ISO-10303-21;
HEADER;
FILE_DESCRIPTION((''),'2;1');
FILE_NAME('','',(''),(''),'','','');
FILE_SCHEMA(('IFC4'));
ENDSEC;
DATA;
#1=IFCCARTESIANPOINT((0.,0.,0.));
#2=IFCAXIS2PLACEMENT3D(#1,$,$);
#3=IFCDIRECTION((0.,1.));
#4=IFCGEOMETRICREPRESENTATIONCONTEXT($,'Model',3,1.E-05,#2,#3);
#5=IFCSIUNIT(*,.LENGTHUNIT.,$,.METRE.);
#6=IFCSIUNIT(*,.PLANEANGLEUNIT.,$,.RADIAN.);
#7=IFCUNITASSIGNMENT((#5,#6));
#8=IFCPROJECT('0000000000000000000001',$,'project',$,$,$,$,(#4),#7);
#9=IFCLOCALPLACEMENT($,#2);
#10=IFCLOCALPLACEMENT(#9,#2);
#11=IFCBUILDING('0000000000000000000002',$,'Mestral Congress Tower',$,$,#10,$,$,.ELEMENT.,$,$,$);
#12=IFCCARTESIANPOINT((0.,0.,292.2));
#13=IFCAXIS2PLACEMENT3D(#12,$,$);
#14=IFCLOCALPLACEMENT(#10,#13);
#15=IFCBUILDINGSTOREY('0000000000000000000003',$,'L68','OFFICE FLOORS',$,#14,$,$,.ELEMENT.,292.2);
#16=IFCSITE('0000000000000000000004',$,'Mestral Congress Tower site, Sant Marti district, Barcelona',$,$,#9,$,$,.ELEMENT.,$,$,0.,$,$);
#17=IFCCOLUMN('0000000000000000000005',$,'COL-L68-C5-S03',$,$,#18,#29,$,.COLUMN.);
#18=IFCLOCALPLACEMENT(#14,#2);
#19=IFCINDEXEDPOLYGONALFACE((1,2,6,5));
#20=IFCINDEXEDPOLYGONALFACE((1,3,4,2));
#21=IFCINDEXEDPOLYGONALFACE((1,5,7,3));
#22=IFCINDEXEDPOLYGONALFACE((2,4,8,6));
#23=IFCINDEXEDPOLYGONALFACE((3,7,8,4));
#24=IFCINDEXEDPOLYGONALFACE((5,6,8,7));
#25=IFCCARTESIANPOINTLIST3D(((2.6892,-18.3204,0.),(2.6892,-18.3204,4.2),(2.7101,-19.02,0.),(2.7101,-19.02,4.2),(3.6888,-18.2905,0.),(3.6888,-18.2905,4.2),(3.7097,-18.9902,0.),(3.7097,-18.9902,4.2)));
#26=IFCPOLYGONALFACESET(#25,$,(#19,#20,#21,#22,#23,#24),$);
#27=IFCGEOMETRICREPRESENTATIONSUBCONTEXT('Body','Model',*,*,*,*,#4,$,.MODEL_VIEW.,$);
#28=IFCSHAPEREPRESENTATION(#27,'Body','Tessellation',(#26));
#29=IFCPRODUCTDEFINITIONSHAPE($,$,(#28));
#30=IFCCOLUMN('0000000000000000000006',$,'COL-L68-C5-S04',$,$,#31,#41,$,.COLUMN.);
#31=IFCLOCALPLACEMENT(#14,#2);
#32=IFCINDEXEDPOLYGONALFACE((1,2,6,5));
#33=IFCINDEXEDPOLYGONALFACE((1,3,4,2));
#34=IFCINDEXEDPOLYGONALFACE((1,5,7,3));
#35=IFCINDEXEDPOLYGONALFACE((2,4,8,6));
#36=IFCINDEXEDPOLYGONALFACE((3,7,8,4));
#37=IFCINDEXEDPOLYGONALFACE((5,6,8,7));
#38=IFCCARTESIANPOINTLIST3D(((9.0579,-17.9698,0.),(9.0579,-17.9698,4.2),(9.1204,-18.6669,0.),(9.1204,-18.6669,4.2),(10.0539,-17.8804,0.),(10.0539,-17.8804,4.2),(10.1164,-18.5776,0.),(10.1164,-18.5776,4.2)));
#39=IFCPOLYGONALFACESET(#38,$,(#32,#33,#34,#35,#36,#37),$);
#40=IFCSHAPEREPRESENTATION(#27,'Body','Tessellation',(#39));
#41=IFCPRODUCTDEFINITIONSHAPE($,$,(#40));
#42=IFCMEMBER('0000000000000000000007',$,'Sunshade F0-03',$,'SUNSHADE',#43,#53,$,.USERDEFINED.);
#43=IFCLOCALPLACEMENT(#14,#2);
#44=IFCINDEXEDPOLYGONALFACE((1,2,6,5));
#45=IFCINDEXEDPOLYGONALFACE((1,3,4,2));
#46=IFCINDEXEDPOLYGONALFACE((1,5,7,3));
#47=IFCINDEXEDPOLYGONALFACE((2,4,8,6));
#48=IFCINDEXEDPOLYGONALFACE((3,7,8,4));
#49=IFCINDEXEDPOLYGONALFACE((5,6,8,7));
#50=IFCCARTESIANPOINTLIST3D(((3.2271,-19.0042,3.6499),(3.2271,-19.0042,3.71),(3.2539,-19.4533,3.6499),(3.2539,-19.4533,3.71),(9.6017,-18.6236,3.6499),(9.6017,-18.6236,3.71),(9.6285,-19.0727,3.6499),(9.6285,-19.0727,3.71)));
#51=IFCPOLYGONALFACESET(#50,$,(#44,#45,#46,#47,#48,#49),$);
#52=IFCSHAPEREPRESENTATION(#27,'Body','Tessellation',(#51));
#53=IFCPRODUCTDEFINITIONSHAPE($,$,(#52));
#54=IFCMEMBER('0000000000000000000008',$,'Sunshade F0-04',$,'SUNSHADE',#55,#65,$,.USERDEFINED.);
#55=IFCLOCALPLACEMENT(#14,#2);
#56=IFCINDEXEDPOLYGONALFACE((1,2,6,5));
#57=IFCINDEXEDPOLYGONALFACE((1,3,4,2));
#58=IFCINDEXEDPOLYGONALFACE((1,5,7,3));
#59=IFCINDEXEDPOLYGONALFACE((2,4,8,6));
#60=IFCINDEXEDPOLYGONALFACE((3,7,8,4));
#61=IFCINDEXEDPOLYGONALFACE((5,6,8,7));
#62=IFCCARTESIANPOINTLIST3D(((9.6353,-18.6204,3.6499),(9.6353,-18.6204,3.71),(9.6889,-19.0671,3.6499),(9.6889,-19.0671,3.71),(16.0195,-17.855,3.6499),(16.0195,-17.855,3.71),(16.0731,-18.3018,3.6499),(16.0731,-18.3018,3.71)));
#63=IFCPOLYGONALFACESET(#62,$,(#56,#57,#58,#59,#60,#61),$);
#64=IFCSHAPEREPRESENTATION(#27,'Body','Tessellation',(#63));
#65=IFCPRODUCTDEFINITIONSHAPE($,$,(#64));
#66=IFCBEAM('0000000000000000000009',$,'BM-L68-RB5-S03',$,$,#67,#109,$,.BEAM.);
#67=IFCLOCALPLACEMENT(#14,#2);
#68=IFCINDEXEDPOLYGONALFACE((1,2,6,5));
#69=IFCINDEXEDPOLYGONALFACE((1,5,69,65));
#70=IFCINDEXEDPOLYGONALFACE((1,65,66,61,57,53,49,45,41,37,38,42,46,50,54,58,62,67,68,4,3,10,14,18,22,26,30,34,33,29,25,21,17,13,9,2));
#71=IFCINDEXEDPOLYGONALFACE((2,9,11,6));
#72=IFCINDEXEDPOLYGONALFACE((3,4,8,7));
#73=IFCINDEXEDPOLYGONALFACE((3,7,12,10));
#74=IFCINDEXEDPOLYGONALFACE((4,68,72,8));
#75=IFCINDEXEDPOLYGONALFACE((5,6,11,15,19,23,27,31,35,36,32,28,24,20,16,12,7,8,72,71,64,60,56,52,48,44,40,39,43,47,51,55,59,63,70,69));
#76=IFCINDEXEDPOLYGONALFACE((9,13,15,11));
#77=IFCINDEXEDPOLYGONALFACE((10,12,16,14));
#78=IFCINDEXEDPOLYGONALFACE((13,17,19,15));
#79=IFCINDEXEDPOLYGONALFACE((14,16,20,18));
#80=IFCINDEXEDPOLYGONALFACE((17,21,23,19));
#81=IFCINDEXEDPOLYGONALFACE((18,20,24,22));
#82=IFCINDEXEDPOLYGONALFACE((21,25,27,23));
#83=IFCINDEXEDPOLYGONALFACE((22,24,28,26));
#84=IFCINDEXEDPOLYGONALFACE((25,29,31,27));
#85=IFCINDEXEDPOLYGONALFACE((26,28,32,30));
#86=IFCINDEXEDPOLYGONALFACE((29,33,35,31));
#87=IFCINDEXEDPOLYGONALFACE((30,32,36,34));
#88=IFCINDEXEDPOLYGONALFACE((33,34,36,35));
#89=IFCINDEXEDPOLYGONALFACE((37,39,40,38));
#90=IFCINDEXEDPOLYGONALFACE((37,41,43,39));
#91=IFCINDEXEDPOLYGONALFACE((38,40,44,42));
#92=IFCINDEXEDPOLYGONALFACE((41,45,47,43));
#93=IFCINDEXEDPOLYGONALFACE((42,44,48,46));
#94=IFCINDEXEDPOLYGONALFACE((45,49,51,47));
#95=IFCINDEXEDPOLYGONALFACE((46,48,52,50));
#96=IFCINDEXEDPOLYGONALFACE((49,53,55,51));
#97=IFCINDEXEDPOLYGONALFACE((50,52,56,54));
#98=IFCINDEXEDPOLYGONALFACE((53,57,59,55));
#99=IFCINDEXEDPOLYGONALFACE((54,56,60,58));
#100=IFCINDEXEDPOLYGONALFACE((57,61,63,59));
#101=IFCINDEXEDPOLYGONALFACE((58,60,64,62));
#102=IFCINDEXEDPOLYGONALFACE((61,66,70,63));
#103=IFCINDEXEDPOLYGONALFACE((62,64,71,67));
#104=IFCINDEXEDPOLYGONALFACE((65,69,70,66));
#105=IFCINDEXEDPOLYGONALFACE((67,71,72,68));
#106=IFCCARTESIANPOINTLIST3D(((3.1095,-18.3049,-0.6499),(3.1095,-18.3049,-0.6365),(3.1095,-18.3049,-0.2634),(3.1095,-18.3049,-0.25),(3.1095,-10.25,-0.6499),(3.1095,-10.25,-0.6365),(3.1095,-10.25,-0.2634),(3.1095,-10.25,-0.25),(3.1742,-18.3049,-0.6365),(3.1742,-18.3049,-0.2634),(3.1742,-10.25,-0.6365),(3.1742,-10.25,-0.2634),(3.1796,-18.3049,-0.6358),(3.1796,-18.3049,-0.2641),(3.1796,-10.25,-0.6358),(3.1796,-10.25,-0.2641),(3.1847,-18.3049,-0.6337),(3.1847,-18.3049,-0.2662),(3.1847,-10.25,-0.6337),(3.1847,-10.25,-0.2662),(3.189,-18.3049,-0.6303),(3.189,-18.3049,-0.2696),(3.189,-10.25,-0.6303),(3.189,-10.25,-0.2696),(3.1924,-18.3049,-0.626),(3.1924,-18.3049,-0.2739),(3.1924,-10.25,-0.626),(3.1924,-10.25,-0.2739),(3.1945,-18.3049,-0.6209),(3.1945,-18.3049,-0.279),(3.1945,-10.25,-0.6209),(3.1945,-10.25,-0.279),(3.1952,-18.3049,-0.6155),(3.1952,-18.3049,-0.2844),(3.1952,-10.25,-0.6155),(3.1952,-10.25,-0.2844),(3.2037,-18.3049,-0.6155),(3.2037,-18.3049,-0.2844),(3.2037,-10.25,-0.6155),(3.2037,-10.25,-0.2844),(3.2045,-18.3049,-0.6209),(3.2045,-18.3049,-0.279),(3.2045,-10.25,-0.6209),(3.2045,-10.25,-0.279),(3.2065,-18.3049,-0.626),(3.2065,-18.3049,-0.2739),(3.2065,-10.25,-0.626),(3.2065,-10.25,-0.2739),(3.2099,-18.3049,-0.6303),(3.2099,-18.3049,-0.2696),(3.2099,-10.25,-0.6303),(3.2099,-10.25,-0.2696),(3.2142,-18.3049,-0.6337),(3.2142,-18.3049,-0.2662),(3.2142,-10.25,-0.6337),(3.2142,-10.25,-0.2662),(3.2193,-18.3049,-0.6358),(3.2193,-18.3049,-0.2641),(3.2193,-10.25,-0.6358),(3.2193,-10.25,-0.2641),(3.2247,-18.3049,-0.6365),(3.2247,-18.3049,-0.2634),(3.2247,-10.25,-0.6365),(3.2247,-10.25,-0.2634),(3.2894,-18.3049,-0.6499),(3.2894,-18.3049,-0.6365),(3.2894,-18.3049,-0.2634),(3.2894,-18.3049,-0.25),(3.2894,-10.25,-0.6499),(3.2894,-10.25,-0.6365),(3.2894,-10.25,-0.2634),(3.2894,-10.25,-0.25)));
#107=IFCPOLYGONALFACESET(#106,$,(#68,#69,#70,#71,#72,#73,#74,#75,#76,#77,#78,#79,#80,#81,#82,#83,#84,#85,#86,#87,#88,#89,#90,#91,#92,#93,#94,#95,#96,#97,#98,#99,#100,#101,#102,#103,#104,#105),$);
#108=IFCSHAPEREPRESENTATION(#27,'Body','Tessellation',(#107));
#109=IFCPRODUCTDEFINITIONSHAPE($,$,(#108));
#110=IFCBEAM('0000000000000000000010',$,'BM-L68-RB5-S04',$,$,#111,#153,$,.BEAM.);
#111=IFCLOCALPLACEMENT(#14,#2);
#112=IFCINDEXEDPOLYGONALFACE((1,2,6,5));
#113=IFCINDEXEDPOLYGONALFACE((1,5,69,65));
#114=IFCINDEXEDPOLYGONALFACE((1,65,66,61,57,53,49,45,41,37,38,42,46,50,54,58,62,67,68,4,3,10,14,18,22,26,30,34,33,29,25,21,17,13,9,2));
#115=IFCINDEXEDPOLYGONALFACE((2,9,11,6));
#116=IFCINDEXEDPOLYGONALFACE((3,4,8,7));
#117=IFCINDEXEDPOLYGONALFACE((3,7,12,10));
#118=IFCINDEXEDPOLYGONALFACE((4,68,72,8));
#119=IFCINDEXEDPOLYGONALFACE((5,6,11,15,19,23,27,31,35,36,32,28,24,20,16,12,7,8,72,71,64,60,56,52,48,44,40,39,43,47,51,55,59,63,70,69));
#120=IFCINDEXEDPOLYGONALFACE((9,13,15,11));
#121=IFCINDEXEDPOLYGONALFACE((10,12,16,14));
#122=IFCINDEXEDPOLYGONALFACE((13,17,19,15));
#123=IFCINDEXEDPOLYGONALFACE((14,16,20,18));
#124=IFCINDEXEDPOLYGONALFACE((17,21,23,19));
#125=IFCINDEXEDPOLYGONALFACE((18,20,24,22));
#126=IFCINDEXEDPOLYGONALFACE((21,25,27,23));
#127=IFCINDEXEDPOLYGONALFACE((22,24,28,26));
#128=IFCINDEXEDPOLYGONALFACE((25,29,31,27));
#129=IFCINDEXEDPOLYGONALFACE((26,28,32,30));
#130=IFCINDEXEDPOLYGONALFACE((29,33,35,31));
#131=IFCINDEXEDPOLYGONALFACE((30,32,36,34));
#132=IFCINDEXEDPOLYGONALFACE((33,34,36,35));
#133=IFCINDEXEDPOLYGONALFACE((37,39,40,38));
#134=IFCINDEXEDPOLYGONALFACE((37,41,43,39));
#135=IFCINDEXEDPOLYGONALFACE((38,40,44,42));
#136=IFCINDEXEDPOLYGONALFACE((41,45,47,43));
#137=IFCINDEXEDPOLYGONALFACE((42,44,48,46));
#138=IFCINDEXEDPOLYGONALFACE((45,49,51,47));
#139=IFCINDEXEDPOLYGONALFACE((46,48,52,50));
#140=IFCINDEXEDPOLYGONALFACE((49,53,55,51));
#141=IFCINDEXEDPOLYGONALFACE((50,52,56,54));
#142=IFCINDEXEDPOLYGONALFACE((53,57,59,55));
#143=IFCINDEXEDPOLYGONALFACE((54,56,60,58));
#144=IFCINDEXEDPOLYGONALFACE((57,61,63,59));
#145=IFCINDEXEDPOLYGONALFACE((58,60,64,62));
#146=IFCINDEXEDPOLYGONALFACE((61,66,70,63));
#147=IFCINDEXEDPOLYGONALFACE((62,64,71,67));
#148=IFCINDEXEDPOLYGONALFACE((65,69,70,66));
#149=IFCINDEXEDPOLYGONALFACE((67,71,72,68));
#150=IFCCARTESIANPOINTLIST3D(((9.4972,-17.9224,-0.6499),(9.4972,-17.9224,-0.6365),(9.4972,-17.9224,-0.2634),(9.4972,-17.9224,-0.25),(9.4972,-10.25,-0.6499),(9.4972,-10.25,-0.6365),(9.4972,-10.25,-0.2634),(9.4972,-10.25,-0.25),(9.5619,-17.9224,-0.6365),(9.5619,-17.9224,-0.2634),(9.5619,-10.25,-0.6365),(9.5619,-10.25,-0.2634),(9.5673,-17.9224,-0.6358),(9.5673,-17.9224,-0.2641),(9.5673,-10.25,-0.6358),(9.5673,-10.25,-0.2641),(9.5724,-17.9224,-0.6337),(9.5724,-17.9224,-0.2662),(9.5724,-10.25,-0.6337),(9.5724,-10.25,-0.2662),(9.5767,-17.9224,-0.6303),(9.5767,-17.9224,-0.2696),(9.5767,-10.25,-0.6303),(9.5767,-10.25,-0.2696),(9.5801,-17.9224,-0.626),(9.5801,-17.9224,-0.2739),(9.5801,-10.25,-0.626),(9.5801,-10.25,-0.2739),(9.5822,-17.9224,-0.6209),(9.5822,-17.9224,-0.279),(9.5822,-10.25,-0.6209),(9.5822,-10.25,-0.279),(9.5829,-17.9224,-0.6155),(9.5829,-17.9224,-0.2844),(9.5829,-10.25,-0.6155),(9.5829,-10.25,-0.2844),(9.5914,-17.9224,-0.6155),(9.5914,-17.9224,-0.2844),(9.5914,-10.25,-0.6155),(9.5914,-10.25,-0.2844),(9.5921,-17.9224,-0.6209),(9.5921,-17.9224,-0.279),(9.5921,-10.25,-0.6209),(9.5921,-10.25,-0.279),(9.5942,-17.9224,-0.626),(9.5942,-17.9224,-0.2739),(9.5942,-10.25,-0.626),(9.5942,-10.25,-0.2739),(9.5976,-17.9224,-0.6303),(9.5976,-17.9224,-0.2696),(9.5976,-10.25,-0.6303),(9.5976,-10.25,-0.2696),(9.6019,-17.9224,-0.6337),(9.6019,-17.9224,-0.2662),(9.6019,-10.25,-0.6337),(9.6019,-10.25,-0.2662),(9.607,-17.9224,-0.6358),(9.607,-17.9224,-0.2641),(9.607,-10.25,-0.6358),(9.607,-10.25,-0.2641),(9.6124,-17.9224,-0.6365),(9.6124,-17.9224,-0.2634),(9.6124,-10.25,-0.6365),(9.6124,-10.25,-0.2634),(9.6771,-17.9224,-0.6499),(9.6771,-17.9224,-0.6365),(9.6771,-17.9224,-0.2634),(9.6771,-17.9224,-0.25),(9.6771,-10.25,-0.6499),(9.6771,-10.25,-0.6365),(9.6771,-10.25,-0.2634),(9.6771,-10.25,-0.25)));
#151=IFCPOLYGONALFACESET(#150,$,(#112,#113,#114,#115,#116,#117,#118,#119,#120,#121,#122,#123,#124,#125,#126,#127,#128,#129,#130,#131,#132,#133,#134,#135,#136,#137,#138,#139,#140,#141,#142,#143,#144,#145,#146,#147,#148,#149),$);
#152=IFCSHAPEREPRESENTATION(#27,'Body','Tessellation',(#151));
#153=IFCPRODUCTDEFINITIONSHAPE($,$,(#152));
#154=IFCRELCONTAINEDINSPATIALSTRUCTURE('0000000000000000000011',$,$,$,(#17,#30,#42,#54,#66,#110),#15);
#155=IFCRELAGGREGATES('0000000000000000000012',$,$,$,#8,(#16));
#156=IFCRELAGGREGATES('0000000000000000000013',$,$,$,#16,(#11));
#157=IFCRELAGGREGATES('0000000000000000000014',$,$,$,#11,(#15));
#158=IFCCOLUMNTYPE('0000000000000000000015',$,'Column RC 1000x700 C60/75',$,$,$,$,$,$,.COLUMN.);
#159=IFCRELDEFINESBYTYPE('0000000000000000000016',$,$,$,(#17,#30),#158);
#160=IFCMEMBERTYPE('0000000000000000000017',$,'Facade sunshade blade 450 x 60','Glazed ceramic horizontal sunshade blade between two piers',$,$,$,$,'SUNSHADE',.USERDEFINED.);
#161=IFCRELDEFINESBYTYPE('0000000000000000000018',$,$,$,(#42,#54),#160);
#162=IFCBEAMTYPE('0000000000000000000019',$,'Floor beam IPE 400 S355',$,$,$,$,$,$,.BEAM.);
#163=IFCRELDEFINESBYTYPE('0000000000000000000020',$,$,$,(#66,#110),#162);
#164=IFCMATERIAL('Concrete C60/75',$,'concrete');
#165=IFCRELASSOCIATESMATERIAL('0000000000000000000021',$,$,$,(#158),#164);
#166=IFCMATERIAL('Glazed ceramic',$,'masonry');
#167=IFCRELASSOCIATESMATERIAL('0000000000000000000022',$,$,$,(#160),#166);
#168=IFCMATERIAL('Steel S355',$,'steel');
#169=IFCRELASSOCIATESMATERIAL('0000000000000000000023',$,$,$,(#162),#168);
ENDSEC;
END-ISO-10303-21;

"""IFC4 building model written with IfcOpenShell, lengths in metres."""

from ifc_helpers import new_model, si_unit, direction, frame, origin, origin_2d, place, context, subcontext, project, spatial, rectangle, i_section, extrude, material, material_profile, profile_set, type_object, element, save


model = new_model("IFC4")

# Units and contexts
model_context = context("Model", 3, precision=1e-05, world=origin(), true_north=direction((0.0, 1.0)))
body_context = subcontext(model_context, "Body", "Model", "MODEL_VIEW")
ifc_project = project(units=[si_unit("LENGTHUNIT", "METRE"), si_unit("PLANEANGLEUNIT", "RADIAN")], contexts=[model_context])

# Site, building, storey
site_placement = place(None, origin())
site = spatial("IfcSite", under=ifc_project, at=site_placement, Name="Mestral Congress Tower site, Sant Marti district, Barcelona", CompositionType="ELEMENT", RefElevation=0.0)
building_placement = place(site_placement, origin())
building = spatial("IfcBuilding", under=site, at=building_placement, Name="Mestral Congress Tower", CompositionType="ELEMENT")
storey_placement = place(building_placement, frame((0.0, 0.0, 292.2)))
storey = spatial("IfcBuildingStorey", under=building, at=storey_placement, Name="L68", Description="OFFICE FLOORS", CompositionType="ELEMENT", Elevation=292.2)

# Columns
ifc_material_1 = material(Name="Concrete C60/75", Category="concrete")
ifc_material_profile_1 = material_profile(ifc_material_1, rectangle(XDim=1.0, YDim=0.7, at=origin_2d()), Name="RC 1000x700")
ifc_profile_set_1 = profile_set([ifc_material_profile_1], Name="Concrete C60/75")
column_type = type_object("IfcColumnType", Name="Column RC 1000x700 C60/75", PredefinedType="COLUMN", material=ifc_profile_set_1)
for number, where, z_axis, x_axis, name in (
    (1, (3.1995, -18.6553, 0.0), (0.0, 0.0, 1.0), (0.999555, 0.029828, 0.0), "COL-L68-C5-S03"),
    (2, (9.5872, -18.2737, 0.0), (0.0, 0.0, 1.0), (0.995998, 0.089378, 0.0), "COL-L68-C5-S04"),
):
    element("IfcColumn", number, at=place(storey_placement, frame(where, z_axis=z_axis, x_axis=x_axis)), inside=storey, type_object=column_type, Name=name, PredefinedType="COLUMN", context=body_context, shape_type="SweptSolid", body=[
        extrude(rectangle(XDim=1.0, YDim=0.7, at=origin_2d()), origin(), (0.0, 0.0, 1.0), 4.2),
    ])

# Members
ifc_material_2 = material(Name="Glazed ceramic", Category="masonry")
ifc_material_profile_2 = material_profile(ifc_material_2, rectangle(XDim=0.45, YDim=0.0601, at=origin_2d()), Name="Ceramic blade 450 x 60")
ifc_profile_set_2 = profile_set([ifc_material_profile_2], Name="Glazed ceramic")
member_type = type_object("IfcMemberType", Name="Facade sunshade blade 450 x 60", Description="Glazed ceramic horizontal sunshade blade between two piers", ElementType="SUNSHADE", PredefinedType="USERDEFINED", material=ifc_profile_set_2)
member_1_placement = place(storey_placement, frame((3.2405, -19.2288, 3.6799), z_axis=(0.998222, 0.059603, 0.0), x_axis=(-0.059603, 0.998222, 0.0)))
element("IfcMember", 3, at=member_1_placement, inside=storey, type_object=member_type, Name="Sunshade F0-03", ObjectType="SUNSHADE", PredefinedType="USERDEFINED", context=body_context, shape_type="SweptSolid", body=[
    extrude(rectangle(XDim=0.45, YDim=0.0601, at=origin_2d()), origin(), (0.0, 0.0, 1.0), 6.386),
])
member_2_placement = place(storey_placement, frame((9.6621, -18.8438, 3.6799), z_axis=(0.99289, 0.119033, 0.0), x_axis=(-0.119033, 0.99289, 0.0)))
element("IfcMember", 4, at=member_2_placement, inside=storey, type_object=member_type, Name="Sunshade F0-04", ObjectType="SUNSHADE", PredefinedType="USERDEFINED", context=body_context, shape_type="SweptSolid", body=[
    extrude(rectangle(XDim=0.45, YDim=0.0601, at=origin_2d()), origin(), (0.0, 0.0, 1.0), 6.4299),
])

# Beams
ifc_material_3 = material(Name="Steel S355", Category="steel")
ifc_material_profile_3 = material_profile(ifc_material_3, i_section(OverallWidth=0.1799, OverallDepth=0.3999, WebThickness=0.0085, FlangeThickness=0.0134, FilletRadius=0.021, at=origin_2d()), Name="IPE 400")
ifc_profile_set_3 = profile_set([ifc_material_profile_3], Name="Steel S355")
beam_type_1 = type_object("IfcBeamType", Name="Floor beam IPE 400 S355", PredefinedType="BEAM", material=ifc_profile_set_3)
beam_1_placement = place(storey_placement, frame((3.1995, -18.3049, -0.45), z_axis=(0.0, 1.0, 0.0), x_axis=(-1.0, 0.0, 0.0)))
element("IfcBeam", 5, at=beam_1_placement, inside=storey, type_object=beam_type_1, Name="BM-L68-RB5-S03", PredefinedType="BEAM", context=body_context, shape_type="SweptSolid", body=[
    extrude(i_section(OverallWidth=0.1799, OverallDepth=0.3999, WebThickness=0.0085, FlangeThickness=0.0134, FilletRadius=0.021, at=origin_2d()), origin(), (0.0, 0.0, 1.0), 8.0549),
])
beam_2_placement = place(storey_placement, frame((9.5872, -17.9224, -0.45), z_axis=(0.0, 1.0, 0.0), x_axis=(-1.0, 0.0, 0.0)))
element("IfcBeam", 6, at=beam_2_placement, inside=storey, type_object=beam_type_1, Name="BM-L68-RB5-S04", PredefinedType="BEAM", context=body_context, shape_type="SweptSolid", body=[
    extrude(i_section(OverallWidth=0.1799, OverallDepth=0.3999, WebThickness=0.0085, FlangeThickness=0.0134, FilletRadius=0.021, at=origin_2d()), origin(), (0.0, 0.0, 1.0), 7.6724),
])

save(model, "model.ifc")
